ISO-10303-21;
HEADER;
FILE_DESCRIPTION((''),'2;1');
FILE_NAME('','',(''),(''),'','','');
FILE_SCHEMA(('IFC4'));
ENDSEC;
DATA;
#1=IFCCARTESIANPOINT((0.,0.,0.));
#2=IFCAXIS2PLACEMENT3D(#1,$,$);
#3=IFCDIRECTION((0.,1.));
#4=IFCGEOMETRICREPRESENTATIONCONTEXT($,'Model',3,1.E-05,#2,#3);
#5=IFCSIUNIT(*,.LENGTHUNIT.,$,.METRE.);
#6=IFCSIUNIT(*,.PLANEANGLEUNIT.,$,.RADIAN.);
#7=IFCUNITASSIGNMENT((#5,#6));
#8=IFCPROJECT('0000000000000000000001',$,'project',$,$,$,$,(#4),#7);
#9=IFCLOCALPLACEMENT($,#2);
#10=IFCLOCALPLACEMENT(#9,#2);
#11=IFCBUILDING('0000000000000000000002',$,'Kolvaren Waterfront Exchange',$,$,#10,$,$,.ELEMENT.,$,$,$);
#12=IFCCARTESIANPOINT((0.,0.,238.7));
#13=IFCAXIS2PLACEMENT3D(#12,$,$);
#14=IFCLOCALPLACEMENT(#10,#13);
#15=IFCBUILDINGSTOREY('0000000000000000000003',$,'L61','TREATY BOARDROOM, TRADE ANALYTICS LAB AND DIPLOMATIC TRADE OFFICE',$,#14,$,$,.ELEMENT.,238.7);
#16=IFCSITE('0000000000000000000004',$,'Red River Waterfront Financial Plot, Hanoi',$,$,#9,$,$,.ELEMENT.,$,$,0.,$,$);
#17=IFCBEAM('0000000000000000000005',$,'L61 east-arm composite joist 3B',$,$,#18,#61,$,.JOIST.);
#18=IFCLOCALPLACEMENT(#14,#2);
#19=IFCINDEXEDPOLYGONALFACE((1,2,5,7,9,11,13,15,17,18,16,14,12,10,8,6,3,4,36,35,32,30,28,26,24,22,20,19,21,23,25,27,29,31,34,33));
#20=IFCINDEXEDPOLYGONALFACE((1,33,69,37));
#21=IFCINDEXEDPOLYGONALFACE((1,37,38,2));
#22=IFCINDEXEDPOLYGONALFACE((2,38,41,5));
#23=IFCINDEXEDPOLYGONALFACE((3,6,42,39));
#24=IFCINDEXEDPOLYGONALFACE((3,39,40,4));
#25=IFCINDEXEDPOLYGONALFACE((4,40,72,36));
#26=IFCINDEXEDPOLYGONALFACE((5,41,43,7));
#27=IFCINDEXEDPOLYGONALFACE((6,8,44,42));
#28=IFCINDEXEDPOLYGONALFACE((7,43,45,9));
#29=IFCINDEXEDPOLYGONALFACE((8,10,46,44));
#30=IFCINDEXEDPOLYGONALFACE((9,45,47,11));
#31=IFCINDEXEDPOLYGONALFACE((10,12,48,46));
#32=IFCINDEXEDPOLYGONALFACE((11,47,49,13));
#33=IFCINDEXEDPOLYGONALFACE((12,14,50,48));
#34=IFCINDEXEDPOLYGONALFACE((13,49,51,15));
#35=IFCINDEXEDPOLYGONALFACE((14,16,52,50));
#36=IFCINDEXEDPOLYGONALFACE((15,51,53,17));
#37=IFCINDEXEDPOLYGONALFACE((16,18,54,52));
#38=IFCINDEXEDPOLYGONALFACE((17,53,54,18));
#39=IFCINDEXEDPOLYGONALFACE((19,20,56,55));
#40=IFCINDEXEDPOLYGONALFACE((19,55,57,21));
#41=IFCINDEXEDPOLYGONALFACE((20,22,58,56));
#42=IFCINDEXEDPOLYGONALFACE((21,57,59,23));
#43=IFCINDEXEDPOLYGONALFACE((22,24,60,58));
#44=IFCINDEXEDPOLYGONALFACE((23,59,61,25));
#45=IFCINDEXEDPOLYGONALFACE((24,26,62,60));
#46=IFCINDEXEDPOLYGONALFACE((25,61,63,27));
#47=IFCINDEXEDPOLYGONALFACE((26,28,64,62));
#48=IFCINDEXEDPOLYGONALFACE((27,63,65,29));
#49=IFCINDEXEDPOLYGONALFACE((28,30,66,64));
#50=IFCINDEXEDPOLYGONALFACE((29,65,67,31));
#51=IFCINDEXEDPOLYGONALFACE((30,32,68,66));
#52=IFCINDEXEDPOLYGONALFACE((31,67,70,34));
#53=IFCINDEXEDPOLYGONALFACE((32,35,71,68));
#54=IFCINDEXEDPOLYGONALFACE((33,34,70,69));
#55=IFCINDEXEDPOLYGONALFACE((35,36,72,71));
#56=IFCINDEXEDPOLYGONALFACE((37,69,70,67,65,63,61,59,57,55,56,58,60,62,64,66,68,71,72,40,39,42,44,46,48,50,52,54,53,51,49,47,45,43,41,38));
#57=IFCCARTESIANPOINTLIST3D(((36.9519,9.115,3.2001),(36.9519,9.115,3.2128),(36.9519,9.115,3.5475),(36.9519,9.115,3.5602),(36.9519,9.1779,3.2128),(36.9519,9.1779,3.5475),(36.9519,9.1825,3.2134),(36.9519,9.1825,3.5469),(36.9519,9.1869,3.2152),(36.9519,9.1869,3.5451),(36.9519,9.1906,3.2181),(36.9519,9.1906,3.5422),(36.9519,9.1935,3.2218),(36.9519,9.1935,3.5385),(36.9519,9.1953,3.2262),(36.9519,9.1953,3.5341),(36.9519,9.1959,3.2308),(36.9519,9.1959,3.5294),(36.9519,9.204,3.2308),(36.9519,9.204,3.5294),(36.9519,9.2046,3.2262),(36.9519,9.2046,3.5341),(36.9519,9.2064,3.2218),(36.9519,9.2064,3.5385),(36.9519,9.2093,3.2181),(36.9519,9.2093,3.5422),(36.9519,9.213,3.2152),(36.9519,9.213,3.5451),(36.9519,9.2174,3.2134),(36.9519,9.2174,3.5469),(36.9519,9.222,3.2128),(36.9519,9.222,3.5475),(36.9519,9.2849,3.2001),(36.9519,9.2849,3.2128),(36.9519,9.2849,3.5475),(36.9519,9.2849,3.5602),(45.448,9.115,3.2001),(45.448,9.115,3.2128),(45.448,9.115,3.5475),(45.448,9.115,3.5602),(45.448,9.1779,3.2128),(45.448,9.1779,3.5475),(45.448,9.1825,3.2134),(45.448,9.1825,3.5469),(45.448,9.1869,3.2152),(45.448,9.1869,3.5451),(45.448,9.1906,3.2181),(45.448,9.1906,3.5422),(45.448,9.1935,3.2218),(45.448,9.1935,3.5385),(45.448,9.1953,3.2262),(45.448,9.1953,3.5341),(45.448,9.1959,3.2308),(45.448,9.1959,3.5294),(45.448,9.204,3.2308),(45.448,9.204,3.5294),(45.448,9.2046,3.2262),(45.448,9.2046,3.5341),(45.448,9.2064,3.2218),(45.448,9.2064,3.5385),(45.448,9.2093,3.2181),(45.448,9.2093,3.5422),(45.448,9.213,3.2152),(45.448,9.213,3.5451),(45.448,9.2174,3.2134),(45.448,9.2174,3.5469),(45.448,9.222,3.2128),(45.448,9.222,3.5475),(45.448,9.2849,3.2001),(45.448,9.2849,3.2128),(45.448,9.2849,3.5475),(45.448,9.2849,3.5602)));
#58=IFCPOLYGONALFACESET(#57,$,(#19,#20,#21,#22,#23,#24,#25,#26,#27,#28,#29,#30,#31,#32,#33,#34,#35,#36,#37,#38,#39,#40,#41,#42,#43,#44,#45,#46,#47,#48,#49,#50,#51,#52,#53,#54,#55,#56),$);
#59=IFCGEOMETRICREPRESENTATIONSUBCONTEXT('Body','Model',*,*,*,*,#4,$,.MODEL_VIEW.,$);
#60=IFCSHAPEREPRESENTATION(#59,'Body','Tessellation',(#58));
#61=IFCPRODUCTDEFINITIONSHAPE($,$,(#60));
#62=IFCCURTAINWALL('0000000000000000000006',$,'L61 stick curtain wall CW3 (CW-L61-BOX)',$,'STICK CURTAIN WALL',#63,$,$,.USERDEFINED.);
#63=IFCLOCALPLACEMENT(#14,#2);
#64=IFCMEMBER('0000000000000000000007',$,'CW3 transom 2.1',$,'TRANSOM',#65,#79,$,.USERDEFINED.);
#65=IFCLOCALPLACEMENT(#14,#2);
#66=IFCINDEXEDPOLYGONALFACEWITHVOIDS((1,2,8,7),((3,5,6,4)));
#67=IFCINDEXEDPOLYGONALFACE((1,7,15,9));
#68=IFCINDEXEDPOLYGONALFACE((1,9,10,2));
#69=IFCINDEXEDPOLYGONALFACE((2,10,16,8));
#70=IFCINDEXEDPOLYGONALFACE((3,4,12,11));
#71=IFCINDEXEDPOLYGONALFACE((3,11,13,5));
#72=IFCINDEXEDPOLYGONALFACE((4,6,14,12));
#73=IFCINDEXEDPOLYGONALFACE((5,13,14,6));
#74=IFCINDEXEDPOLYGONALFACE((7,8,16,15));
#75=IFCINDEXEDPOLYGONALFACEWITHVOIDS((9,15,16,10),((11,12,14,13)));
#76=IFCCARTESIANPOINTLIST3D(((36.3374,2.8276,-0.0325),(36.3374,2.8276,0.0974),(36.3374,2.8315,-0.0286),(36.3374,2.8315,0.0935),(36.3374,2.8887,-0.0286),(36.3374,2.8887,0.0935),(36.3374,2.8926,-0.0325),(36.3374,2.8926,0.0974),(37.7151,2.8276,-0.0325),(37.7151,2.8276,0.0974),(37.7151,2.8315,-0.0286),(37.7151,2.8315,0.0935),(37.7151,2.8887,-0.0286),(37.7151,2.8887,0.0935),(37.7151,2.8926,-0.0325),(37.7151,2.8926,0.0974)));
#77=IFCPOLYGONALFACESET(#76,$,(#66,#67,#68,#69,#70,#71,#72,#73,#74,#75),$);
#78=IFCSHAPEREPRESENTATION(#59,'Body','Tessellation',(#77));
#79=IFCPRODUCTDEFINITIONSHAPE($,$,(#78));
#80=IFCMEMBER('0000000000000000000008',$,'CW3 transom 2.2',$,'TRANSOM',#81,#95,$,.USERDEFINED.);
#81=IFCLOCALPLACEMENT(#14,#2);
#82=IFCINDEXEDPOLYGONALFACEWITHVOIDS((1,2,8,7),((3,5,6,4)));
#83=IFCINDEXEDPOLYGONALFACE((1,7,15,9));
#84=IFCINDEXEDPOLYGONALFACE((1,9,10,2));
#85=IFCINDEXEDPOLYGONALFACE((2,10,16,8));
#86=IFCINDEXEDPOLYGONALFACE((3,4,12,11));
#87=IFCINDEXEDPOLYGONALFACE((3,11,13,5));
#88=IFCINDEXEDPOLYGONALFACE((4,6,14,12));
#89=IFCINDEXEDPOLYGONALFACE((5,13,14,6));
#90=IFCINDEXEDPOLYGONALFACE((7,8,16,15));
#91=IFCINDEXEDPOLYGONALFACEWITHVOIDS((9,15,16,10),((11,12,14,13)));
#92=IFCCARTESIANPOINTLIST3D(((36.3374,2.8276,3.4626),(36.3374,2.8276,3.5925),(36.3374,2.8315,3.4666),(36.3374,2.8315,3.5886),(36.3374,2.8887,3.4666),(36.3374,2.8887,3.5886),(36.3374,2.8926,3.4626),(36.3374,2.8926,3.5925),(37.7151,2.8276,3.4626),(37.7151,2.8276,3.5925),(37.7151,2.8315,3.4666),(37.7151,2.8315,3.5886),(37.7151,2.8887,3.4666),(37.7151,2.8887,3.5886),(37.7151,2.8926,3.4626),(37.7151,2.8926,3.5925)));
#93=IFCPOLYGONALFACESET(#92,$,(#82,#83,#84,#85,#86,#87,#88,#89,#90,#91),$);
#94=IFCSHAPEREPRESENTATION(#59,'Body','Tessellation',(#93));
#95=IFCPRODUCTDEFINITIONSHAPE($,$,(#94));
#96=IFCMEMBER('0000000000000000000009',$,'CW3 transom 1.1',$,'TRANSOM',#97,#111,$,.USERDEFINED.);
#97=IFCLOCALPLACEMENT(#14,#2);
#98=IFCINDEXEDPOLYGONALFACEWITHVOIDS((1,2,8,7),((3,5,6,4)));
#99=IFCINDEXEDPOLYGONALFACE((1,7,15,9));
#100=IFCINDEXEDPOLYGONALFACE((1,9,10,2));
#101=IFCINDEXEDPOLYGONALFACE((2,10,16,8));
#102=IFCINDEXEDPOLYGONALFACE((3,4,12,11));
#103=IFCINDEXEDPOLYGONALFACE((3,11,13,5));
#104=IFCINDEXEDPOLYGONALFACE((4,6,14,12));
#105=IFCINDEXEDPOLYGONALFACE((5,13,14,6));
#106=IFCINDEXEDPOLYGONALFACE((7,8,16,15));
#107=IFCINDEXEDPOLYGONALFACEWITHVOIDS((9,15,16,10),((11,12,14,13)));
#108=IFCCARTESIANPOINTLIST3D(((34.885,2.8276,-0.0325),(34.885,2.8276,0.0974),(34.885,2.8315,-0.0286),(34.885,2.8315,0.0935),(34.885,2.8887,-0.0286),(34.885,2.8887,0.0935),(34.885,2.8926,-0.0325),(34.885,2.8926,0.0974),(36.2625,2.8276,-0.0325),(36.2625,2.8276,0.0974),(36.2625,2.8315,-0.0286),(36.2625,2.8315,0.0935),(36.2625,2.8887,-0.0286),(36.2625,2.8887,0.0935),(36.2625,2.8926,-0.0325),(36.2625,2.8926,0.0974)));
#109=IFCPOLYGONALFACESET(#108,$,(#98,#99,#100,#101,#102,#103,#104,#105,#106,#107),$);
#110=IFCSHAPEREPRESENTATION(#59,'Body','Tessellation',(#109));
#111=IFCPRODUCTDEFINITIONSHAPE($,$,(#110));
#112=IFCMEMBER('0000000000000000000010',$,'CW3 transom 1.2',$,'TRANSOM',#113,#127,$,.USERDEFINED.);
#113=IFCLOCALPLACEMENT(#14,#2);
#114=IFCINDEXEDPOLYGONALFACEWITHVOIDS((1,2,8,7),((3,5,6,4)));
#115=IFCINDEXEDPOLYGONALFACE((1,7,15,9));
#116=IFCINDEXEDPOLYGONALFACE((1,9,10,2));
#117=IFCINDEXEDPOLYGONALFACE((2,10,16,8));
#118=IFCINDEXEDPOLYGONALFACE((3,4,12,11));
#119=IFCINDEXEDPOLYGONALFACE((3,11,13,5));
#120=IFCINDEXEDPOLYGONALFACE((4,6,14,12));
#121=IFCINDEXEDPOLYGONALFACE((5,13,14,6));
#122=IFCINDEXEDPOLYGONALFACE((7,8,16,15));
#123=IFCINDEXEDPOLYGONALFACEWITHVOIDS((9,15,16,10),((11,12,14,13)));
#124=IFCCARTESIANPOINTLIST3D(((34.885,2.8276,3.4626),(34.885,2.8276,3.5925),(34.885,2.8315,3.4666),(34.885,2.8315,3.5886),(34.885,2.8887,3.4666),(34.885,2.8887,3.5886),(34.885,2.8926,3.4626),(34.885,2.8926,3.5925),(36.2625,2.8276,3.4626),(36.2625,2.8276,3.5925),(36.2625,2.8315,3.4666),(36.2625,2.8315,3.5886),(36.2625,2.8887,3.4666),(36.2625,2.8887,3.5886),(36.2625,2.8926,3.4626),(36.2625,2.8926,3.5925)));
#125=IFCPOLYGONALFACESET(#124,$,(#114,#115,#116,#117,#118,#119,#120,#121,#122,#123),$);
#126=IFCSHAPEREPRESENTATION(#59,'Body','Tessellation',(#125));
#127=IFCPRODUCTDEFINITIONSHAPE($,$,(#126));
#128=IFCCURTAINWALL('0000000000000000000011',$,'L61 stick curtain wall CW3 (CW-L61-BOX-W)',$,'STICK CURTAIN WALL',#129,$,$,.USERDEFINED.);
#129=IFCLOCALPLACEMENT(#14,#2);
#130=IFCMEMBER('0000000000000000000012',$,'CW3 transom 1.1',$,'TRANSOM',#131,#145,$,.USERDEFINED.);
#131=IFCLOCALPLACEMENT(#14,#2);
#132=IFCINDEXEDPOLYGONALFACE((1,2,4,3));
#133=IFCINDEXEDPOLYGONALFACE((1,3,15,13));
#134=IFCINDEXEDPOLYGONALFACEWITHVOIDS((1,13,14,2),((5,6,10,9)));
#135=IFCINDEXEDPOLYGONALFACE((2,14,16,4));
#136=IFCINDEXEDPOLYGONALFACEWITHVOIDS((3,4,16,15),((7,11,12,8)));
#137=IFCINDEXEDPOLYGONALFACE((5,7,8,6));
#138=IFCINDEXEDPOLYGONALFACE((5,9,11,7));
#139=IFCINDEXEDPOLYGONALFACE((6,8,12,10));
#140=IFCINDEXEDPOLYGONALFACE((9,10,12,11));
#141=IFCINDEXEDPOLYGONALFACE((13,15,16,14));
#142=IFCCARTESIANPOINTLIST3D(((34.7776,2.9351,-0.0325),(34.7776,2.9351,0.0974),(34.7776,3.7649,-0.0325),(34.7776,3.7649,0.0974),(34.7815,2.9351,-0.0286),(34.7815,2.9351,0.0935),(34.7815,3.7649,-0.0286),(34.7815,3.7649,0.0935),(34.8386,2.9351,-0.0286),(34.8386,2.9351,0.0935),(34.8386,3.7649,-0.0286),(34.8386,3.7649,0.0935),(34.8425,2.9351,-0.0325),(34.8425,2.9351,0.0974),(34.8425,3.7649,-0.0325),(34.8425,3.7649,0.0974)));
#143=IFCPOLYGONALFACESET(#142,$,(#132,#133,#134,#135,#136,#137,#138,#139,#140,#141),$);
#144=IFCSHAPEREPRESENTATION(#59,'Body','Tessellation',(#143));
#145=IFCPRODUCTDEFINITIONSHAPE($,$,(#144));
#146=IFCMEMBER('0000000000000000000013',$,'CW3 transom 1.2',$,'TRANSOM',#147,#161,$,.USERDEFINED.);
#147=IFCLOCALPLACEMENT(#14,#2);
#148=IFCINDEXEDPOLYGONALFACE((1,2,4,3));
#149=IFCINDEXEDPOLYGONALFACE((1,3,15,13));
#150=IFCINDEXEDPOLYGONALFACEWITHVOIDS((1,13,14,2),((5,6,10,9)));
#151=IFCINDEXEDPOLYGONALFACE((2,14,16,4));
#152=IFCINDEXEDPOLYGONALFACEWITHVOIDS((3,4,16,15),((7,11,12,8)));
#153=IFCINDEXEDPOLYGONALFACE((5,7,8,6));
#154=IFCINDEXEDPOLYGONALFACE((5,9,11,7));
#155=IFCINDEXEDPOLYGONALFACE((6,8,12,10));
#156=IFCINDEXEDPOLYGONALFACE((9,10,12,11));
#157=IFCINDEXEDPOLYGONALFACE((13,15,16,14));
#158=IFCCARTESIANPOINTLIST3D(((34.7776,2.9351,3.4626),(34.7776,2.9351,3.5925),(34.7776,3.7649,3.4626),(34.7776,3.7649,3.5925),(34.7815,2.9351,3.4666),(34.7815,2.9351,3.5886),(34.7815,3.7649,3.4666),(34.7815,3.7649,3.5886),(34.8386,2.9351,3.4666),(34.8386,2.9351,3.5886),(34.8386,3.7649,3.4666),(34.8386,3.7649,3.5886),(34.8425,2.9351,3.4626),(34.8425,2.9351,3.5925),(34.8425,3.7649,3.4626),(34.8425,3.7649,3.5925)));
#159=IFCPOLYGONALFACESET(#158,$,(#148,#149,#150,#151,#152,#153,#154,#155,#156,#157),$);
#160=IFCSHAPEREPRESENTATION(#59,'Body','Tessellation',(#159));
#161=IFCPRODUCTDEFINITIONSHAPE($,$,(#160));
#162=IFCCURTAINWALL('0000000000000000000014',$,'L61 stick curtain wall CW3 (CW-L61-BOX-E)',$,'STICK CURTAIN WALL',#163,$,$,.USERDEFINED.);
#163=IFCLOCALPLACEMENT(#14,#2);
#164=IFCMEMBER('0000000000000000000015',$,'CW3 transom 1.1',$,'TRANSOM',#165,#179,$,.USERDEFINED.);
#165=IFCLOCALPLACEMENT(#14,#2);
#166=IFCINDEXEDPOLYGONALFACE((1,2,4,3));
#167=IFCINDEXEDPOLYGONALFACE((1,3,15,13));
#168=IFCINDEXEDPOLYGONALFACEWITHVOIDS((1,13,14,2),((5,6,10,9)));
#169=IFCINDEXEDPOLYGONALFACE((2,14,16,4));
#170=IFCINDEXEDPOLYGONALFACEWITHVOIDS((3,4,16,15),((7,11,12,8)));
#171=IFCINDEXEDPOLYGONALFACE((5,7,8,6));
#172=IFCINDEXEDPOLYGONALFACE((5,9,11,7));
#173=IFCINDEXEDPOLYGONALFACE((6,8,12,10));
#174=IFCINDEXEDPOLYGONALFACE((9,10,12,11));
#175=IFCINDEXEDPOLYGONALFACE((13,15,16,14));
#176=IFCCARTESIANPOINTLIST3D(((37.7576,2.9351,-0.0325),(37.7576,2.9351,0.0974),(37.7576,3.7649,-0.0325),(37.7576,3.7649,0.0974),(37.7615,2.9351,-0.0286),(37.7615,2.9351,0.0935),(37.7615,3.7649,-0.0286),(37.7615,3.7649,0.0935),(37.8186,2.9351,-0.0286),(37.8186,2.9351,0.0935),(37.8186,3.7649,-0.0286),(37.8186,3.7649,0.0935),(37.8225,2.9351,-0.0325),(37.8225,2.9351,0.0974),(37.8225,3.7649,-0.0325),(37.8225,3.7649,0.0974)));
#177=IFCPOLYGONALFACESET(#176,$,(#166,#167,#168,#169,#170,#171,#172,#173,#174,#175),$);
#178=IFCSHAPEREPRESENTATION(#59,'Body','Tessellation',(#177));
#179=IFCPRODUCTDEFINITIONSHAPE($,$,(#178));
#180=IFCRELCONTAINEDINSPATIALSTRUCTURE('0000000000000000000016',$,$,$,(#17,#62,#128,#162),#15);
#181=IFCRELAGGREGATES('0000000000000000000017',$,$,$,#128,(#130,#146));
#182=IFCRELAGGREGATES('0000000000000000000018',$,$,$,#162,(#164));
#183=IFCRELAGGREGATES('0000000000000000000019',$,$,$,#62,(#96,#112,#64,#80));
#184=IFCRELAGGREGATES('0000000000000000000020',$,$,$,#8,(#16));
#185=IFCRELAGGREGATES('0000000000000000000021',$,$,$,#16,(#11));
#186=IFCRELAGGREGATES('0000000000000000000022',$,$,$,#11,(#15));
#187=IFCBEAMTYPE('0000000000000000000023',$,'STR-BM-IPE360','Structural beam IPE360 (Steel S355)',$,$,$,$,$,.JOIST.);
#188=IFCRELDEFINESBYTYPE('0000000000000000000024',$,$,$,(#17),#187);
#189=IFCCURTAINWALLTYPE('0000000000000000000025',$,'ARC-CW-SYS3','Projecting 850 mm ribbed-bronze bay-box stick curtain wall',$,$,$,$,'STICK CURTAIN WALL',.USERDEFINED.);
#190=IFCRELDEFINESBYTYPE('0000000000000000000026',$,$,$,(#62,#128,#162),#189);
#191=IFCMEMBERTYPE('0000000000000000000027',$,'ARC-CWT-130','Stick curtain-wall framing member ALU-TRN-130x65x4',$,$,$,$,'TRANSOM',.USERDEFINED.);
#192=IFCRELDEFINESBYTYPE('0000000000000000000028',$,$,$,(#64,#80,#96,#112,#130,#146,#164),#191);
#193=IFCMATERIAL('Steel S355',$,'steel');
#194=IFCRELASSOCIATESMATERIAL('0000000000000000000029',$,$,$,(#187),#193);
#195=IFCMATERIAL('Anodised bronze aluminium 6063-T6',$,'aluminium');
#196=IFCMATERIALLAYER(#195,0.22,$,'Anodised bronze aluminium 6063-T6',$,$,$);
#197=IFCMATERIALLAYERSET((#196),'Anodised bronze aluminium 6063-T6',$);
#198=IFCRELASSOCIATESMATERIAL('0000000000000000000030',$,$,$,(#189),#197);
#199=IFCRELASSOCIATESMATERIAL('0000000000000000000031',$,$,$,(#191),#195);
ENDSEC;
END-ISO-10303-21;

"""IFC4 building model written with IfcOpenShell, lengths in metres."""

from ifc_helpers import new_model, si_unit, direction, frame, origin, origin_with_axes, origin_2d, place, context, subcontext, project, spatial, hollow_rectangle, i_section, extrude, source, transform, mapped, material, layer, layer_set, material_profile, profile_set, type_object, element, aggregate, save


model = new_model("IFC4")

# Units and contexts
model_context = context("Model", 3, precision=1e-05, world=origin(), true_north=direction((0.0, 1.0)))
body_context = subcontext(model_context, "Body", "Model", "MODEL_VIEW")
ifc_project = project(units=[si_unit("LENGTHUNIT", "METRE"), si_unit("PLANEANGLEUNIT", "RADIAN")], contexts=[model_context])

# Site, building, storey
site_placement = place(None, origin())
site = spatial("IfcSite", under=ifc_project, at=site_placement, Name="Red River Waterfront Financial Plot, Hanoi", CompositionType="ELEMENT", RefElevation=0.0)
building_placement = place(site_placement, origin())
building = spatial("IfcBuilding", under=site, at=building_placement, Name="Kolvaren Waterfront Exchange", CompositionType="ELEMENT")
storey_placement = place(building_placement, frame((0.0, 0.0, 238.7)))
storey = spatial("IfcBuildingStorey", under=building, at=storey_placement, Name="L61", Description="TREATY BOARDROOM, TRADE ANALYTICS LAB AND DIPLOMATIC TRADE OFFICE", CompositionType="ELEMENT", Elevation=238.7)

# Beam
ifc_material_1 = material(Name="Steel S355", Category="steel")
ifc_material_profile_1 = material_profile(ifc_material_1, i_section(OverallWidth=0.1699, OverallDepth=0.3601, WebThickness=0.0081, FlangeThickness=0.0127, FilletRadius=0.0181, at=origin_2d()), Name="IPE360")
ifc_profile_set_1 = profile_set([ifc_material_profile_1], Name="Steel S355")
beam_type_1 = type_object("IfcBeamType", Name="STR-BM-IPE360", Description="Structural beam IPE360 (Steel S355)", PredefinedType="JOIST", material=ifc_profile_set_1)
beam_1_placement = place(storey_placement, frame((36.9519, 9.2, 3.3801), z_axis=(1.0, 0.0, 0.0), x_axis=(0.0, 1.0, 0.0)))
element("IfcBeam", 1, at=beam_1_placement, inside=storey, type_object=beam_type_1, Name="L61 east-arm composite joist 3B", PredefinedType="JOIST", context=body_context, shape_type="SweptSolid", body=[
    extrude(i_section(OverallWidth=0.1699, OverallDepth=0.3601, WebThickness=0.0081, FlangeThickness=0.0127, FilletRadius=0.0181, at=origin_2d()), origin(), (0.0, 0.0, 1.0), 8.4961),
])

# Curtain walls, members
ifc_material_2 = material(Name="Anodised bronze aluminium 6063-T6", Category="aluminium")
ifc_layer_1 = layer(ifc_material_2, 0.22, Name="Anodised bronze aluminium 6063-T6")
ifc_layer_set_1 = layer_set([ifc_layer_1], Name="Anodised bronze aluminium 6063-T6")
curtain_wall_type_1 = type_object("IfcCurtainWallType", Name="ARC-CW-SYS3", Description="Projecting 850 mm ribbed-bronze bay-box stick curtain wall", ElementType="STICK CURTAIN WALL", PredefinedType="USERDEFINED", material=ifc_layer_set_1)
curtain_wall_1_placement = place(storey_placement, origin())
curtain_wall_1 = element("IfcCurtainWall", 2, at=curtain_wall_1_placement, inside=storey, type_object=curtain_wall_type_1, Name="L61 stick curtain wall CW3 (CW-L61-BOX)", ObjectType="STICK CURTAIN WALL", PredefinedType="USERDEFINED")
ifc_material_profile_2 = material_profile(ifc_material_2, hollow_rectangle(XDim=0.0649, YDim=0.1299, WallThickness=0.0039, at=origin_2d()), Name="ALU-TRN-130x65x4")
ifc_profile_set_2 = profile_set([ifc_material_profile_2], Name="Anodised bronze aluminium 6063-T6")
member_type_1 = type_object("IfcMemberType", Name="ARC-CWT-130", Description="Stick curtain-wall framing member ALU-TRN-130x65x4", ElementType="TRANSOM", PredefinedType="USERDEFINED", material=ifc_profile_set_2)
shared_shape_1 = source(origin_with_axes(), body_context, "Body", "SweptSolid", [
    extrude(hollow_rectangle(XDim=0.0649, YDim=0.1299, WallThickness=0.0039, at=origin_2d()), origin(), (0.0, 0.0, 1.0), 1.3777),
])
member_1_placement = place(storey_placement, frame((36.3374, 2.8601, 0.0325), z_axis=(1.0, 0.0, 0.0), x_axis=(0.0, 1.0, 0.0)))
member_1 = element("IfcMember", 3, at=member_1_placement, type_object=member_type_1, Name="CW3 transom 2.1", ObjectType="TRANSOM", PredefinedType="USERDEFINED", context=body_context, shape_type="MappedRepresentation", body=[
    mapped(shared_shape_1, transform((0.0, 0.0, 0.0), x_axis=(1.0, 0.0, 0.0), y_axis=(0.0, 1.0, 0.0), z_axis=(0.0, 0.0, 1.0), scale=1.0)),
])
member_2_placement = place(storey_placement, frame((36.3374, 2.8601, 3.5276), z_axis=(1.0, 0.0, 0.0), x_axis=(0.0, 1.0, 0.0)))
member_2 = element("IfcMember", 4, at=member_2_placement, type_object=member_type_1, Name="CW3 transom 2.2", ObjectType="TRANSOM", PredefinedType="USERDEFINED", context=body_context, shape_type="MappedRepresentation", body=[
    mapped(shared_shape_1, transform((0.0, 0.0, 0.0), x_axis=(1.0, 0.0, 0.0), y_axis=(0.0, 1.0, 0.0), z_axis=(0.0, 0.0, 1.0), scale=1.0)),
])
shared_shape_2 = source(origin_with_axes(), body_context, "Body", "SweptSolid", [
    extrude(hollow_rectangle(XDim=0.0649, YDim=0.1299, WallThickness=0.0039, at=origin_2d()), origin(), (0.0, 0.0, 1.0), 1.3774),
])
member_3_placement = place(storey_placement, frame((34.885, 2.8601, 0.0325), z_axis=(1.0, 0.0, 0.0), x_axis=(0.0, 1.0, 0.0)))
member_3 = element("IfcMember", 5, at=member_3_placement, type_object=member_type_1, Name="CW3 transom 1.1", ObjectType="TRANSOM", PredefinedType="USERDEFINED", context=body_context, shape_type="MappedRepresentation", body=[
    mapped(shared_shape_2, transform((0.0, 0.0, 0.0), x_axis=(1.0, 0.0, 0.0), y_axis=(0.0, 1.0, 0.0), z_axis=(0.0, 0.0, 1.0), scale=1.0)),
])
member_4_placement = place(storey_placement, frame((34.885, 2.8601, 3.5276), z_axis=(1.0, 0.0, 0.0), x_axis=(0.0, 1.0, 0.0)))
member_4 = element("IfcMember", 6, at=member_4_placement, type_object=member_type_1, Name="CW3 transom 1.2", ObjectType="TRANSOM", PredefinedType="USERDEFINED", context=body_context, shape_type="MappedRepresentation", body=[
    mapped(shared_shape_2, transform((0.0, 0.0, 0.0), x_axis=(1.0, 0.0, 0.0), y_axis=(0.0, 1.0, 0.0), z_axis=(0.0, 0.0, 1.0), scale=1.0)),
])
curtain_wall_2_placement = place(storey_placement, origin())
curtain_wall_2 = element("IfcCurtainWall", 7, at=curtain_wall_2_placement, inside=storey, type_object=curtain_wall_type_1, Name="L61 stick curtain wall CW3 (CW-L61-BOX-W)", ObjectType="STICK CURTAIN WALL", PredefinedType="USERDEFINED")
shared_shape_3 = source(origin_with_axes(), body_context, "Body", "SweptSolid", [
    extrude(hollow_rectangle(XDim=0.0649, YDim=0.1299, WallThickness=0.0039, at=origin_2d()), origin(), (0.0, 0.0, 1.0), 0.8298),
])
member_5_placement = place(storey_placement, frame((34.8101, 3.7649, 0.0325), z_axis=(0.0, -1.0, 0.0), x_axis=(1.0, 0.0, 0.0)))
member_5 = element("IfcMember", 8, at=member_5_placement, type_object=member_type_1, Name="CW3 transom 1.1", ObjectType="TRANSOM", PredefinedType="USERDEFINED", context=body_context, shape_type="MappedRepresentation", body=[
    mapped(shared_shape_3, transform((0.0, 0.0, 0.0), x_axis=(1.0, 0.0, 0.0), y_axis=(0.0, 1.0, 0.0), z_axis=(0.0, 0.0, 1.0), scale=1.0)),
])
member_6_placement = place(storey_placement, frame((34.8101, 3.7649, 3.5276), z_axis=(0.0, -1.0, 0.0), x_axis=(1.0, 0.0, 0.0)))
member_6 = element("IfcMember", 9, at=member_6_placement, type_object=member_type_1, Name="CW3 transom 1.2", ObjectType="TRANSOM", PredefinedType="USERDEFINED", context=body_context, shape_type="MappedRepresentation", body=[
    mapped(shared_shape_3, transform((0.0, 0.0, 0.0), x_axis=(1.0, 0.0, 0.0), y_axis=(0.0, 1.0, 0.0), z_axis=(0.0, 0.0, 1.0), scale=1.0)),
])
curtain_wall_3_placement = place(storey_placement, origin())
curtain_wall_3 = element("IfcCurtainWall", 10, at=curtain_wall_3_placement, inside=storey, type_object=curtain_wall_type_1, Name="L61 stick curtain wall CW3 (CW-L61-BOX-E)", ObjectType="STICK CURTAIN WALL", PredefinedType="USERDEFINED")
member_7_placement = place(storey_placement, frame((37.79, 2.9351, 0.0325), z_axis=(0.0, 1.0, 0.0), x_axis=(-1.0, 0.0, 0.0)))
member_7 = element("IfcMember", 11, at=member_7_placement, type_object=member_type_1, Name="CW3 transom 1.1", ObjectType="TRANSOM", PredefinedType="USERDEFINED", context=body_context, shape_type="MappedRepresentation", body=[
    mapped(shared_shape_3, transform((0.0, 0.0, 0.0), x_axis=(1.0, 0.0, 0.0), y_axis=(0.0, 1.0, 0.0), z_axis=(0.0, 0.0, 1.0), scale=1.0)),
])

aggregate(curtain_wall_2, [member_5, member_6])
aggregate(curtain_wall_3, [member_7])
aggregate(curtain_wall_1, [member_3, member_4, member_1, member_2])

save(model, "model.ifc")
